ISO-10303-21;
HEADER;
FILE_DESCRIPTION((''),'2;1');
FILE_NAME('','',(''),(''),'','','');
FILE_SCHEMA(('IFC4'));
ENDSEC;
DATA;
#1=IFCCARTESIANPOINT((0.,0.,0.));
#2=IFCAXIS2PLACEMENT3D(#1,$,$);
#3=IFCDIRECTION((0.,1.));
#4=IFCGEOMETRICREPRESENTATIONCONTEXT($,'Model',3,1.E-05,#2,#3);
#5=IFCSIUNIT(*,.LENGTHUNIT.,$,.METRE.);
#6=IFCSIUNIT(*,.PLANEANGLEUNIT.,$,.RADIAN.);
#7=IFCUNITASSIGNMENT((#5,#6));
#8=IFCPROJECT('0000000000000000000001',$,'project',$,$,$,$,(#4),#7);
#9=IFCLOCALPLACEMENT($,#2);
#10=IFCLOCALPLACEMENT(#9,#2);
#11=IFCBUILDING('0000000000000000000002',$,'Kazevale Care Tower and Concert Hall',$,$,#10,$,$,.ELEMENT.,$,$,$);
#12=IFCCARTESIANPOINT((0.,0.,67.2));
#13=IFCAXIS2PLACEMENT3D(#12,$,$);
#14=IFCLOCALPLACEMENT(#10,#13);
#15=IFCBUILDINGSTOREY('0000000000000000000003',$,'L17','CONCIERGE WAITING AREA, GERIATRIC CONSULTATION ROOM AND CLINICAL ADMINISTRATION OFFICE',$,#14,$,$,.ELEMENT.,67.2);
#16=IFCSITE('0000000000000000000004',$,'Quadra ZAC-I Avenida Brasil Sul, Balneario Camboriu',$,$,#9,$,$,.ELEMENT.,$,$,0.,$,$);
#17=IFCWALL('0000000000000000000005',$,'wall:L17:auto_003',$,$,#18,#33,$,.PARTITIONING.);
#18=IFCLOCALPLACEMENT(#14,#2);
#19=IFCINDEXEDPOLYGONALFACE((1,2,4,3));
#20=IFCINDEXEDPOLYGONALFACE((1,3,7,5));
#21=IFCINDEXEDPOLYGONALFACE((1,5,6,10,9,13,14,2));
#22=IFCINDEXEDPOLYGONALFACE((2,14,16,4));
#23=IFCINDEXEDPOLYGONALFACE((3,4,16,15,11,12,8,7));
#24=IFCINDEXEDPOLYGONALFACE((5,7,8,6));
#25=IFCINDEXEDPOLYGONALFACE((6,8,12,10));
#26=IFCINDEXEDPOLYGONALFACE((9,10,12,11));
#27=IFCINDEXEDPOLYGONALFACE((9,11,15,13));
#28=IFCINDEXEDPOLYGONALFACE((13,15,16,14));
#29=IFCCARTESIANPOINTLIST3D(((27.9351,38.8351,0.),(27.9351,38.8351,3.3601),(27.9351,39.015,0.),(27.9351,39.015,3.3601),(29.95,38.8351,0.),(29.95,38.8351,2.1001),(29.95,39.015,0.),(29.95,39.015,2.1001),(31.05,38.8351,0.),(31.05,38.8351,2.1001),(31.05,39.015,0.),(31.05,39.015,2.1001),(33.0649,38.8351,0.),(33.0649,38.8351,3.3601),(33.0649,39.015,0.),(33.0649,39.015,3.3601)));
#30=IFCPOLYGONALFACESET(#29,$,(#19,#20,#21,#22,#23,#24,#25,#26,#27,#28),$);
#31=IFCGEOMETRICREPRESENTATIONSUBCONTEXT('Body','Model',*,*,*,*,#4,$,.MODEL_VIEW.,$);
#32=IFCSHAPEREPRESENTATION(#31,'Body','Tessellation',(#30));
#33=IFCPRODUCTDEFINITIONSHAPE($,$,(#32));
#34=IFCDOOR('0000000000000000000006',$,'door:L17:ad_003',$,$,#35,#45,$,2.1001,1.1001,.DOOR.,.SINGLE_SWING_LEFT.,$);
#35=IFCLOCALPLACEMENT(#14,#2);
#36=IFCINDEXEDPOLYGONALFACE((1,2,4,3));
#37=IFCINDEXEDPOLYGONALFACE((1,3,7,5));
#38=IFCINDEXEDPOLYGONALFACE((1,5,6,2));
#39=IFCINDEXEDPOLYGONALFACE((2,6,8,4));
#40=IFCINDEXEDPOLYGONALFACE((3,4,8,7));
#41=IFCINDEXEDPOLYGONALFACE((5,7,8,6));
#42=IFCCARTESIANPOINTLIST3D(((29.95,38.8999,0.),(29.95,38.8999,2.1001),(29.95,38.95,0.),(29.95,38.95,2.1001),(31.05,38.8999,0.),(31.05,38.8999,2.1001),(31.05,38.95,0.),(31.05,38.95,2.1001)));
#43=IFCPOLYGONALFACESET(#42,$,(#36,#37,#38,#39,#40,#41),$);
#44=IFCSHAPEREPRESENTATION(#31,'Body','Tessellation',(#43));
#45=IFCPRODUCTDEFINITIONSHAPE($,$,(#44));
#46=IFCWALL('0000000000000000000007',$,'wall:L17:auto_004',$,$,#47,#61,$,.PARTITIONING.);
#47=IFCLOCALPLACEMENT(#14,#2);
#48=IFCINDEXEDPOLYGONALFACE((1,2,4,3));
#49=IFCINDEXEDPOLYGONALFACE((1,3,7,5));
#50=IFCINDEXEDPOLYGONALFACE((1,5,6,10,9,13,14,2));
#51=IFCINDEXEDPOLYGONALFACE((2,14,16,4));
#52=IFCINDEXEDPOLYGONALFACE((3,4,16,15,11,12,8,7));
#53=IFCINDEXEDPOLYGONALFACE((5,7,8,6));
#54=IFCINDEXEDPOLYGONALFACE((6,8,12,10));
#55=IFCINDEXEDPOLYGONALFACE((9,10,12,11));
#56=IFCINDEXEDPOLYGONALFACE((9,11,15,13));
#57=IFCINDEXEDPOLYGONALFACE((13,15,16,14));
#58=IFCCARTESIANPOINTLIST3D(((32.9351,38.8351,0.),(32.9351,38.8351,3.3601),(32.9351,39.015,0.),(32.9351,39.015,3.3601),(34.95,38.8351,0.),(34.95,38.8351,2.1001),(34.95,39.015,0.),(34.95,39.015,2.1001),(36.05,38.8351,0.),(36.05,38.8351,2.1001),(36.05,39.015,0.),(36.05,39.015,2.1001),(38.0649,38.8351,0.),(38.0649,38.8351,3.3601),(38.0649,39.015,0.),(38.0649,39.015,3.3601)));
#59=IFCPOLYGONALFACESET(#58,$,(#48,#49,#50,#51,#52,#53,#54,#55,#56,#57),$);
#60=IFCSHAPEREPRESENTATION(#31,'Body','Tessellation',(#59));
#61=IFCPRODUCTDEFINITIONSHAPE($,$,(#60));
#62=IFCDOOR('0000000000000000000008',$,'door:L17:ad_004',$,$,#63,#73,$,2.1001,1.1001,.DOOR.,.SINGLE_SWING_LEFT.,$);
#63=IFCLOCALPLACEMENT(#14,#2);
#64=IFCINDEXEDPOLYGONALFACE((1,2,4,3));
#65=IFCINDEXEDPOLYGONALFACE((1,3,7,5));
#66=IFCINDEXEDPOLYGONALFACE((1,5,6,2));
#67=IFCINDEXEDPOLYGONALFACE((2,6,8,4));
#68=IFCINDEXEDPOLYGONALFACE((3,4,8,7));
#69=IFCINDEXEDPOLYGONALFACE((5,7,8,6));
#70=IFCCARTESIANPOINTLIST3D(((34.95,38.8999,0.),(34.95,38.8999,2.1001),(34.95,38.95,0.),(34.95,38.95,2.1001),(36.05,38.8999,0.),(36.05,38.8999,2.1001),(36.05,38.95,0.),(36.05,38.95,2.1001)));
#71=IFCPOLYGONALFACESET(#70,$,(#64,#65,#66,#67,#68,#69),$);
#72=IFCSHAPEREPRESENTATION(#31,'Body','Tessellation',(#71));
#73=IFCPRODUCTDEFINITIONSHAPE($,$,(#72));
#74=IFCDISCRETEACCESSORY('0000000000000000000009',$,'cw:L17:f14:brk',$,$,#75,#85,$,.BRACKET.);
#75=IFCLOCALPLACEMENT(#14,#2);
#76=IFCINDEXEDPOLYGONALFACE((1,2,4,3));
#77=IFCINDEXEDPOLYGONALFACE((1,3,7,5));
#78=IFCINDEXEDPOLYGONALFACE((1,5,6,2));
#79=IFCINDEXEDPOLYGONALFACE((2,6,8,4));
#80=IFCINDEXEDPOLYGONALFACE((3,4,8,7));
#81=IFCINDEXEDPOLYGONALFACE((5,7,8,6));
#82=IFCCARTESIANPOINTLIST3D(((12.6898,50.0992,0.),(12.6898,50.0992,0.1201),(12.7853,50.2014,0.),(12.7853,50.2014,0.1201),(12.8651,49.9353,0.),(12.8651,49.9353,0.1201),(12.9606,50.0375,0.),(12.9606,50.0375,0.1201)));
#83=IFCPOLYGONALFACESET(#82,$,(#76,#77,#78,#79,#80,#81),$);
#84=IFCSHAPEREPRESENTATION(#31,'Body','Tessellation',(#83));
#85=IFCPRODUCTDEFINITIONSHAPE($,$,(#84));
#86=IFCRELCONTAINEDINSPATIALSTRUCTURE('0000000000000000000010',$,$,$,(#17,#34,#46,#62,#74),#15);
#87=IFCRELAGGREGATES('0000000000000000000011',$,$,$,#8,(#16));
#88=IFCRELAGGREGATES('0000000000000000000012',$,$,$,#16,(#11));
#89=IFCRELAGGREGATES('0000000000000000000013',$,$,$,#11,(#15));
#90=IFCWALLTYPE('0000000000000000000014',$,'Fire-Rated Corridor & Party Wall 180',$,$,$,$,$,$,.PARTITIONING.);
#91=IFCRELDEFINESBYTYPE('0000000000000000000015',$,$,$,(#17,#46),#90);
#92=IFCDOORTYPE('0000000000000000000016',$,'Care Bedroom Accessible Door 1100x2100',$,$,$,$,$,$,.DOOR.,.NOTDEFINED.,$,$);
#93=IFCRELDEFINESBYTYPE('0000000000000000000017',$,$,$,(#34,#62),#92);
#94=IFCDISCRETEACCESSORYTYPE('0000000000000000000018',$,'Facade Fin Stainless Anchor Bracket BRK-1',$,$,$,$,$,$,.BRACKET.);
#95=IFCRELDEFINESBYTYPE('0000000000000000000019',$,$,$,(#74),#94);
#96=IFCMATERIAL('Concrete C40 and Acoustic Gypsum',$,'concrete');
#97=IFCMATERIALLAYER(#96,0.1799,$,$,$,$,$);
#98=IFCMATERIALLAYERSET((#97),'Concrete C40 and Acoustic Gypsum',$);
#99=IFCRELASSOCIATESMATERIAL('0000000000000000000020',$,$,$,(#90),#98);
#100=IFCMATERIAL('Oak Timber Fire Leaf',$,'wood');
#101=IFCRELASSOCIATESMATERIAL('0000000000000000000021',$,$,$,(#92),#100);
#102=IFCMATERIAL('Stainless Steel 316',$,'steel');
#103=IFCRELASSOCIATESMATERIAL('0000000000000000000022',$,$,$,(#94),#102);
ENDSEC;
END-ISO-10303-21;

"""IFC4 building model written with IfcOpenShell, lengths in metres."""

from ifc_helpers import new_model, si_unit, direction, frame, frame_2d, origin, origin_2d, place, context, subcontext, project, spatial, rectangle, extrude, material, layer, layer_set, type_object, element, fill, save


model = new_model("IFC4")

# Units and contexts
model_context = context("Model", 3, precision=1e-05, world=origin(), true_north=direction((0.0, 1.0)))
body_context = subcontext(model_context, "Body", "Model", "MODEL_VIEW")
ifc_project = project(units=[si_unit("LENGTHUNIT", "METRE"), si_unit("PLANEANGLEUNIT", "RADIAN")], contexts=[model_context])

# Site, building, storey
site_placement = place(None, origin())
site = spatial("IfcSite", under=ifc_project, at=site_placement, Name="Quadra ZAC-I Avenida Brasil Sul, Balneario Camboriu", CompositionType="ELEMENT", RefElevation=0.0)
building_placement = place(site_placement, origin())
building = spatial("IfcBuilding", under=site, at=building_placement, Name="Kazevale Care Tower and Concert Hall", CompositionType="ELEMENT")
storey_placement = place(building_placement, frame((0.0, 0.0, 67.2)))
storey = spatial("IfcBuildingStorey", under=building, at=storey_placement, Name="L17", Description="CONCIERGE WAITING AREA, GERIATRIC CONSULTATION ROOM AND CLINICAL ADMINISTRATION OFFICE", CompositionType="ELEMENT", Elevation=67.2)

# Walls, openings, doors
ifc_material_1 = material(Name="Concrete C40 and Acoustic Gypsum", Category="concrete")
ifc_layer_1 = layer(ifc_material_1, 0.1799)
ifc_layer_set_1 = layer_set([ifc_layer_1], Name="Concrete C40 and Acoustic Gypsum")
wall_type = type_object("IfcWallType", Name="Fire-Rated Corridor & Party Wall 180", PredefinedType="PARTITIONING", material=ifc_layer_set_1)
ifc_material_2 = material(Name="Oak Timber Fire Leaf", Category="wood")
door_type = type_object("IfcDoorType", Name="Care Bedroom Accessible Door 1100x2100", OperationType="NOTDEFINED", PredefinedType="DOOR", material=ifc_material_2)
wall_1_placement = place(storey_placement, frame((27.9351, 38.925, 0.0), z_axis=(0.0, 0.0, 1.0), x_axis=(1.0, 0.0, 0.0)))
wall_1 = element("IfcWall", 1, at=wall_1_placement, inside=storey, type_object=wall_type, Name="wall:L17:auto_003", PredefinedType="PARTITIONING", context=body_context, shape_type="SweptSolid", body=[
    extrude(rectangle(XDim=5.1299, YDim=0.1799, at=frame_2d((2.5649, 0.0))), origin(), (0.0, 0.0, 1.0), 3.3601),
])
opening_1_placement = place(wall_1_placement, frame((2.0149, 0.0, 0.0)))
opening_1 = element("IfcOpeningElement", 2, at=opening_1_placement, cuts=wall_1, PredefinedType="OPENING", context=body_context, shape_type="SweptSolid", body=[
    extrude(rectangle(XDim=1.1001, YDim=2.1001, at=frame_2d((0.55, 1.05))), frame((0.0, 0.0999, 0.0), z_axis=(0.0, -1.0, 0.0), x_axis=(1.0, 0.0, 0.0)), (0.0, 0.0, 1.0), 0.2),
])
door_1_placement = place(opening_1_placement, origin())
door_1 = element("IfcDoor", 3, at=door_1_placement, inside=storey, type_object=door_type, Name="door:L17:ad_003", OperationType="SINGLE_SWING_LEFT", OverallHeight=2.1001, OverallWidth=1.1001, PredefinedType="DOOR", context=body_context, shape_type="SweptSolid", body=[
    extrude(rectangle(XDim=1.1001, YDim=2.1001, at=frame_2d((0.55, 1.05))), frame((0.0, 0.0249, 0.0), z_axis=(0.0, -1.0, 0.0), x_axis=(1.0, 0.0, 0.0)), (0.0, 0.0, 1.0), 0.05),
])
fill(opening_1, door_1)
wall_2_placement = place(storey_placement, frame((32.9351, 38.925, 0.0), z_axis=(0.0, 0.0, 1.0), x_axis=(1.0, 0.0, 0.0)))
wall_2 = element("IfcWall", 4, at=wall_2_placement, inside=storey, type_object=wall_type, Name="wall:L17:auto_004", PredefinedType="PARTITIONING", context=body_context, shape_type="SweptSolid", body=[
    extrude(rectangle(XDim=5.1299, YDim=0.1799, at=frame_2d((2.5649, 0.0))), origin(), (0.0, 0.0, 1.0), 3.3601),
])
opening_2_placement = place(wall_2_placement, frame((2.0149, 0.0, 0.0)))
opening_2 = element("IfcOpeningElement", 5, at=opening_2_placement, cuts=wall_2, PredefinedType="OPENING", context=body_context, shape_type="SweptSolid", body=[
    extrude(rectangle(XDim=1.1001, YDim=2.1001, at=frame_2d((0.55, 1.05))), frame((0.0, 0.0999, 0.0), z_axis=(0.0, -1.0, 0.0), x_axis=(1.0, 0.0, 0.0)), (0.0, 0.0, 1.0), 0.2),
])
door_2_placement = place(opening_2_placement, origin())
door_2 = element("IfcDoor", 6, at=door_2_placement, inside=storey, type_object=door_type, Name="door:L17:ad_004", OperationType="SINGLE_SWING_LEFT", OverallHeight=2.1001, OverallWidth=1.1001, PredefinedType="DOOR", context=body_context, shape_type="SweptSolid", body=[
    extrude(rectangle(XDim=1.1001, YDim=2.1001, at=frame_2d((0.55, 1.05))), frame((0.0, 0.0249, 0.0), z_axis=(0.0, -1.0, 0.0), x_axis=(1.0, 0.0, 0.0)), (0.0, 0.0, 1.0), 0.05),
])
fill(opening_2, door_2)

# Discrete accessory
ifc_material_3 = material(Name="Stainless Steel 316", Category="steel")
discrete_accessory_type = type_object("IfcDiscreteAccessoryType", Name="Facade Fin Stainless Anchor Bracket BRK-1", PredefinedType="BRACKET", material=ifc_material_3)
discrete_accessory_placement = place(storey_placement, frame((12.8252, 50.0684, 0.0), z_axis=(0.0, 0.0, 1.0), x_axis=(-0.730401, 0.683019, 0.0)))
element("IfcDiscreteAccessory", 7, at=discrete_accessory_placement, inside=storey, type_object=discrete_accessory_type, Name="cw:L17:f14:brk", PredefinedType="BRACKET", context=body_context, shape_type="SweptSolid", body=[
    extrude(rectangle(XDim=0.24, YDim=0.1399, at=origin_2d()), origin(), (0.0, 0.0, 1.0), 0.1201),
])

save(model, "model.ifc")
